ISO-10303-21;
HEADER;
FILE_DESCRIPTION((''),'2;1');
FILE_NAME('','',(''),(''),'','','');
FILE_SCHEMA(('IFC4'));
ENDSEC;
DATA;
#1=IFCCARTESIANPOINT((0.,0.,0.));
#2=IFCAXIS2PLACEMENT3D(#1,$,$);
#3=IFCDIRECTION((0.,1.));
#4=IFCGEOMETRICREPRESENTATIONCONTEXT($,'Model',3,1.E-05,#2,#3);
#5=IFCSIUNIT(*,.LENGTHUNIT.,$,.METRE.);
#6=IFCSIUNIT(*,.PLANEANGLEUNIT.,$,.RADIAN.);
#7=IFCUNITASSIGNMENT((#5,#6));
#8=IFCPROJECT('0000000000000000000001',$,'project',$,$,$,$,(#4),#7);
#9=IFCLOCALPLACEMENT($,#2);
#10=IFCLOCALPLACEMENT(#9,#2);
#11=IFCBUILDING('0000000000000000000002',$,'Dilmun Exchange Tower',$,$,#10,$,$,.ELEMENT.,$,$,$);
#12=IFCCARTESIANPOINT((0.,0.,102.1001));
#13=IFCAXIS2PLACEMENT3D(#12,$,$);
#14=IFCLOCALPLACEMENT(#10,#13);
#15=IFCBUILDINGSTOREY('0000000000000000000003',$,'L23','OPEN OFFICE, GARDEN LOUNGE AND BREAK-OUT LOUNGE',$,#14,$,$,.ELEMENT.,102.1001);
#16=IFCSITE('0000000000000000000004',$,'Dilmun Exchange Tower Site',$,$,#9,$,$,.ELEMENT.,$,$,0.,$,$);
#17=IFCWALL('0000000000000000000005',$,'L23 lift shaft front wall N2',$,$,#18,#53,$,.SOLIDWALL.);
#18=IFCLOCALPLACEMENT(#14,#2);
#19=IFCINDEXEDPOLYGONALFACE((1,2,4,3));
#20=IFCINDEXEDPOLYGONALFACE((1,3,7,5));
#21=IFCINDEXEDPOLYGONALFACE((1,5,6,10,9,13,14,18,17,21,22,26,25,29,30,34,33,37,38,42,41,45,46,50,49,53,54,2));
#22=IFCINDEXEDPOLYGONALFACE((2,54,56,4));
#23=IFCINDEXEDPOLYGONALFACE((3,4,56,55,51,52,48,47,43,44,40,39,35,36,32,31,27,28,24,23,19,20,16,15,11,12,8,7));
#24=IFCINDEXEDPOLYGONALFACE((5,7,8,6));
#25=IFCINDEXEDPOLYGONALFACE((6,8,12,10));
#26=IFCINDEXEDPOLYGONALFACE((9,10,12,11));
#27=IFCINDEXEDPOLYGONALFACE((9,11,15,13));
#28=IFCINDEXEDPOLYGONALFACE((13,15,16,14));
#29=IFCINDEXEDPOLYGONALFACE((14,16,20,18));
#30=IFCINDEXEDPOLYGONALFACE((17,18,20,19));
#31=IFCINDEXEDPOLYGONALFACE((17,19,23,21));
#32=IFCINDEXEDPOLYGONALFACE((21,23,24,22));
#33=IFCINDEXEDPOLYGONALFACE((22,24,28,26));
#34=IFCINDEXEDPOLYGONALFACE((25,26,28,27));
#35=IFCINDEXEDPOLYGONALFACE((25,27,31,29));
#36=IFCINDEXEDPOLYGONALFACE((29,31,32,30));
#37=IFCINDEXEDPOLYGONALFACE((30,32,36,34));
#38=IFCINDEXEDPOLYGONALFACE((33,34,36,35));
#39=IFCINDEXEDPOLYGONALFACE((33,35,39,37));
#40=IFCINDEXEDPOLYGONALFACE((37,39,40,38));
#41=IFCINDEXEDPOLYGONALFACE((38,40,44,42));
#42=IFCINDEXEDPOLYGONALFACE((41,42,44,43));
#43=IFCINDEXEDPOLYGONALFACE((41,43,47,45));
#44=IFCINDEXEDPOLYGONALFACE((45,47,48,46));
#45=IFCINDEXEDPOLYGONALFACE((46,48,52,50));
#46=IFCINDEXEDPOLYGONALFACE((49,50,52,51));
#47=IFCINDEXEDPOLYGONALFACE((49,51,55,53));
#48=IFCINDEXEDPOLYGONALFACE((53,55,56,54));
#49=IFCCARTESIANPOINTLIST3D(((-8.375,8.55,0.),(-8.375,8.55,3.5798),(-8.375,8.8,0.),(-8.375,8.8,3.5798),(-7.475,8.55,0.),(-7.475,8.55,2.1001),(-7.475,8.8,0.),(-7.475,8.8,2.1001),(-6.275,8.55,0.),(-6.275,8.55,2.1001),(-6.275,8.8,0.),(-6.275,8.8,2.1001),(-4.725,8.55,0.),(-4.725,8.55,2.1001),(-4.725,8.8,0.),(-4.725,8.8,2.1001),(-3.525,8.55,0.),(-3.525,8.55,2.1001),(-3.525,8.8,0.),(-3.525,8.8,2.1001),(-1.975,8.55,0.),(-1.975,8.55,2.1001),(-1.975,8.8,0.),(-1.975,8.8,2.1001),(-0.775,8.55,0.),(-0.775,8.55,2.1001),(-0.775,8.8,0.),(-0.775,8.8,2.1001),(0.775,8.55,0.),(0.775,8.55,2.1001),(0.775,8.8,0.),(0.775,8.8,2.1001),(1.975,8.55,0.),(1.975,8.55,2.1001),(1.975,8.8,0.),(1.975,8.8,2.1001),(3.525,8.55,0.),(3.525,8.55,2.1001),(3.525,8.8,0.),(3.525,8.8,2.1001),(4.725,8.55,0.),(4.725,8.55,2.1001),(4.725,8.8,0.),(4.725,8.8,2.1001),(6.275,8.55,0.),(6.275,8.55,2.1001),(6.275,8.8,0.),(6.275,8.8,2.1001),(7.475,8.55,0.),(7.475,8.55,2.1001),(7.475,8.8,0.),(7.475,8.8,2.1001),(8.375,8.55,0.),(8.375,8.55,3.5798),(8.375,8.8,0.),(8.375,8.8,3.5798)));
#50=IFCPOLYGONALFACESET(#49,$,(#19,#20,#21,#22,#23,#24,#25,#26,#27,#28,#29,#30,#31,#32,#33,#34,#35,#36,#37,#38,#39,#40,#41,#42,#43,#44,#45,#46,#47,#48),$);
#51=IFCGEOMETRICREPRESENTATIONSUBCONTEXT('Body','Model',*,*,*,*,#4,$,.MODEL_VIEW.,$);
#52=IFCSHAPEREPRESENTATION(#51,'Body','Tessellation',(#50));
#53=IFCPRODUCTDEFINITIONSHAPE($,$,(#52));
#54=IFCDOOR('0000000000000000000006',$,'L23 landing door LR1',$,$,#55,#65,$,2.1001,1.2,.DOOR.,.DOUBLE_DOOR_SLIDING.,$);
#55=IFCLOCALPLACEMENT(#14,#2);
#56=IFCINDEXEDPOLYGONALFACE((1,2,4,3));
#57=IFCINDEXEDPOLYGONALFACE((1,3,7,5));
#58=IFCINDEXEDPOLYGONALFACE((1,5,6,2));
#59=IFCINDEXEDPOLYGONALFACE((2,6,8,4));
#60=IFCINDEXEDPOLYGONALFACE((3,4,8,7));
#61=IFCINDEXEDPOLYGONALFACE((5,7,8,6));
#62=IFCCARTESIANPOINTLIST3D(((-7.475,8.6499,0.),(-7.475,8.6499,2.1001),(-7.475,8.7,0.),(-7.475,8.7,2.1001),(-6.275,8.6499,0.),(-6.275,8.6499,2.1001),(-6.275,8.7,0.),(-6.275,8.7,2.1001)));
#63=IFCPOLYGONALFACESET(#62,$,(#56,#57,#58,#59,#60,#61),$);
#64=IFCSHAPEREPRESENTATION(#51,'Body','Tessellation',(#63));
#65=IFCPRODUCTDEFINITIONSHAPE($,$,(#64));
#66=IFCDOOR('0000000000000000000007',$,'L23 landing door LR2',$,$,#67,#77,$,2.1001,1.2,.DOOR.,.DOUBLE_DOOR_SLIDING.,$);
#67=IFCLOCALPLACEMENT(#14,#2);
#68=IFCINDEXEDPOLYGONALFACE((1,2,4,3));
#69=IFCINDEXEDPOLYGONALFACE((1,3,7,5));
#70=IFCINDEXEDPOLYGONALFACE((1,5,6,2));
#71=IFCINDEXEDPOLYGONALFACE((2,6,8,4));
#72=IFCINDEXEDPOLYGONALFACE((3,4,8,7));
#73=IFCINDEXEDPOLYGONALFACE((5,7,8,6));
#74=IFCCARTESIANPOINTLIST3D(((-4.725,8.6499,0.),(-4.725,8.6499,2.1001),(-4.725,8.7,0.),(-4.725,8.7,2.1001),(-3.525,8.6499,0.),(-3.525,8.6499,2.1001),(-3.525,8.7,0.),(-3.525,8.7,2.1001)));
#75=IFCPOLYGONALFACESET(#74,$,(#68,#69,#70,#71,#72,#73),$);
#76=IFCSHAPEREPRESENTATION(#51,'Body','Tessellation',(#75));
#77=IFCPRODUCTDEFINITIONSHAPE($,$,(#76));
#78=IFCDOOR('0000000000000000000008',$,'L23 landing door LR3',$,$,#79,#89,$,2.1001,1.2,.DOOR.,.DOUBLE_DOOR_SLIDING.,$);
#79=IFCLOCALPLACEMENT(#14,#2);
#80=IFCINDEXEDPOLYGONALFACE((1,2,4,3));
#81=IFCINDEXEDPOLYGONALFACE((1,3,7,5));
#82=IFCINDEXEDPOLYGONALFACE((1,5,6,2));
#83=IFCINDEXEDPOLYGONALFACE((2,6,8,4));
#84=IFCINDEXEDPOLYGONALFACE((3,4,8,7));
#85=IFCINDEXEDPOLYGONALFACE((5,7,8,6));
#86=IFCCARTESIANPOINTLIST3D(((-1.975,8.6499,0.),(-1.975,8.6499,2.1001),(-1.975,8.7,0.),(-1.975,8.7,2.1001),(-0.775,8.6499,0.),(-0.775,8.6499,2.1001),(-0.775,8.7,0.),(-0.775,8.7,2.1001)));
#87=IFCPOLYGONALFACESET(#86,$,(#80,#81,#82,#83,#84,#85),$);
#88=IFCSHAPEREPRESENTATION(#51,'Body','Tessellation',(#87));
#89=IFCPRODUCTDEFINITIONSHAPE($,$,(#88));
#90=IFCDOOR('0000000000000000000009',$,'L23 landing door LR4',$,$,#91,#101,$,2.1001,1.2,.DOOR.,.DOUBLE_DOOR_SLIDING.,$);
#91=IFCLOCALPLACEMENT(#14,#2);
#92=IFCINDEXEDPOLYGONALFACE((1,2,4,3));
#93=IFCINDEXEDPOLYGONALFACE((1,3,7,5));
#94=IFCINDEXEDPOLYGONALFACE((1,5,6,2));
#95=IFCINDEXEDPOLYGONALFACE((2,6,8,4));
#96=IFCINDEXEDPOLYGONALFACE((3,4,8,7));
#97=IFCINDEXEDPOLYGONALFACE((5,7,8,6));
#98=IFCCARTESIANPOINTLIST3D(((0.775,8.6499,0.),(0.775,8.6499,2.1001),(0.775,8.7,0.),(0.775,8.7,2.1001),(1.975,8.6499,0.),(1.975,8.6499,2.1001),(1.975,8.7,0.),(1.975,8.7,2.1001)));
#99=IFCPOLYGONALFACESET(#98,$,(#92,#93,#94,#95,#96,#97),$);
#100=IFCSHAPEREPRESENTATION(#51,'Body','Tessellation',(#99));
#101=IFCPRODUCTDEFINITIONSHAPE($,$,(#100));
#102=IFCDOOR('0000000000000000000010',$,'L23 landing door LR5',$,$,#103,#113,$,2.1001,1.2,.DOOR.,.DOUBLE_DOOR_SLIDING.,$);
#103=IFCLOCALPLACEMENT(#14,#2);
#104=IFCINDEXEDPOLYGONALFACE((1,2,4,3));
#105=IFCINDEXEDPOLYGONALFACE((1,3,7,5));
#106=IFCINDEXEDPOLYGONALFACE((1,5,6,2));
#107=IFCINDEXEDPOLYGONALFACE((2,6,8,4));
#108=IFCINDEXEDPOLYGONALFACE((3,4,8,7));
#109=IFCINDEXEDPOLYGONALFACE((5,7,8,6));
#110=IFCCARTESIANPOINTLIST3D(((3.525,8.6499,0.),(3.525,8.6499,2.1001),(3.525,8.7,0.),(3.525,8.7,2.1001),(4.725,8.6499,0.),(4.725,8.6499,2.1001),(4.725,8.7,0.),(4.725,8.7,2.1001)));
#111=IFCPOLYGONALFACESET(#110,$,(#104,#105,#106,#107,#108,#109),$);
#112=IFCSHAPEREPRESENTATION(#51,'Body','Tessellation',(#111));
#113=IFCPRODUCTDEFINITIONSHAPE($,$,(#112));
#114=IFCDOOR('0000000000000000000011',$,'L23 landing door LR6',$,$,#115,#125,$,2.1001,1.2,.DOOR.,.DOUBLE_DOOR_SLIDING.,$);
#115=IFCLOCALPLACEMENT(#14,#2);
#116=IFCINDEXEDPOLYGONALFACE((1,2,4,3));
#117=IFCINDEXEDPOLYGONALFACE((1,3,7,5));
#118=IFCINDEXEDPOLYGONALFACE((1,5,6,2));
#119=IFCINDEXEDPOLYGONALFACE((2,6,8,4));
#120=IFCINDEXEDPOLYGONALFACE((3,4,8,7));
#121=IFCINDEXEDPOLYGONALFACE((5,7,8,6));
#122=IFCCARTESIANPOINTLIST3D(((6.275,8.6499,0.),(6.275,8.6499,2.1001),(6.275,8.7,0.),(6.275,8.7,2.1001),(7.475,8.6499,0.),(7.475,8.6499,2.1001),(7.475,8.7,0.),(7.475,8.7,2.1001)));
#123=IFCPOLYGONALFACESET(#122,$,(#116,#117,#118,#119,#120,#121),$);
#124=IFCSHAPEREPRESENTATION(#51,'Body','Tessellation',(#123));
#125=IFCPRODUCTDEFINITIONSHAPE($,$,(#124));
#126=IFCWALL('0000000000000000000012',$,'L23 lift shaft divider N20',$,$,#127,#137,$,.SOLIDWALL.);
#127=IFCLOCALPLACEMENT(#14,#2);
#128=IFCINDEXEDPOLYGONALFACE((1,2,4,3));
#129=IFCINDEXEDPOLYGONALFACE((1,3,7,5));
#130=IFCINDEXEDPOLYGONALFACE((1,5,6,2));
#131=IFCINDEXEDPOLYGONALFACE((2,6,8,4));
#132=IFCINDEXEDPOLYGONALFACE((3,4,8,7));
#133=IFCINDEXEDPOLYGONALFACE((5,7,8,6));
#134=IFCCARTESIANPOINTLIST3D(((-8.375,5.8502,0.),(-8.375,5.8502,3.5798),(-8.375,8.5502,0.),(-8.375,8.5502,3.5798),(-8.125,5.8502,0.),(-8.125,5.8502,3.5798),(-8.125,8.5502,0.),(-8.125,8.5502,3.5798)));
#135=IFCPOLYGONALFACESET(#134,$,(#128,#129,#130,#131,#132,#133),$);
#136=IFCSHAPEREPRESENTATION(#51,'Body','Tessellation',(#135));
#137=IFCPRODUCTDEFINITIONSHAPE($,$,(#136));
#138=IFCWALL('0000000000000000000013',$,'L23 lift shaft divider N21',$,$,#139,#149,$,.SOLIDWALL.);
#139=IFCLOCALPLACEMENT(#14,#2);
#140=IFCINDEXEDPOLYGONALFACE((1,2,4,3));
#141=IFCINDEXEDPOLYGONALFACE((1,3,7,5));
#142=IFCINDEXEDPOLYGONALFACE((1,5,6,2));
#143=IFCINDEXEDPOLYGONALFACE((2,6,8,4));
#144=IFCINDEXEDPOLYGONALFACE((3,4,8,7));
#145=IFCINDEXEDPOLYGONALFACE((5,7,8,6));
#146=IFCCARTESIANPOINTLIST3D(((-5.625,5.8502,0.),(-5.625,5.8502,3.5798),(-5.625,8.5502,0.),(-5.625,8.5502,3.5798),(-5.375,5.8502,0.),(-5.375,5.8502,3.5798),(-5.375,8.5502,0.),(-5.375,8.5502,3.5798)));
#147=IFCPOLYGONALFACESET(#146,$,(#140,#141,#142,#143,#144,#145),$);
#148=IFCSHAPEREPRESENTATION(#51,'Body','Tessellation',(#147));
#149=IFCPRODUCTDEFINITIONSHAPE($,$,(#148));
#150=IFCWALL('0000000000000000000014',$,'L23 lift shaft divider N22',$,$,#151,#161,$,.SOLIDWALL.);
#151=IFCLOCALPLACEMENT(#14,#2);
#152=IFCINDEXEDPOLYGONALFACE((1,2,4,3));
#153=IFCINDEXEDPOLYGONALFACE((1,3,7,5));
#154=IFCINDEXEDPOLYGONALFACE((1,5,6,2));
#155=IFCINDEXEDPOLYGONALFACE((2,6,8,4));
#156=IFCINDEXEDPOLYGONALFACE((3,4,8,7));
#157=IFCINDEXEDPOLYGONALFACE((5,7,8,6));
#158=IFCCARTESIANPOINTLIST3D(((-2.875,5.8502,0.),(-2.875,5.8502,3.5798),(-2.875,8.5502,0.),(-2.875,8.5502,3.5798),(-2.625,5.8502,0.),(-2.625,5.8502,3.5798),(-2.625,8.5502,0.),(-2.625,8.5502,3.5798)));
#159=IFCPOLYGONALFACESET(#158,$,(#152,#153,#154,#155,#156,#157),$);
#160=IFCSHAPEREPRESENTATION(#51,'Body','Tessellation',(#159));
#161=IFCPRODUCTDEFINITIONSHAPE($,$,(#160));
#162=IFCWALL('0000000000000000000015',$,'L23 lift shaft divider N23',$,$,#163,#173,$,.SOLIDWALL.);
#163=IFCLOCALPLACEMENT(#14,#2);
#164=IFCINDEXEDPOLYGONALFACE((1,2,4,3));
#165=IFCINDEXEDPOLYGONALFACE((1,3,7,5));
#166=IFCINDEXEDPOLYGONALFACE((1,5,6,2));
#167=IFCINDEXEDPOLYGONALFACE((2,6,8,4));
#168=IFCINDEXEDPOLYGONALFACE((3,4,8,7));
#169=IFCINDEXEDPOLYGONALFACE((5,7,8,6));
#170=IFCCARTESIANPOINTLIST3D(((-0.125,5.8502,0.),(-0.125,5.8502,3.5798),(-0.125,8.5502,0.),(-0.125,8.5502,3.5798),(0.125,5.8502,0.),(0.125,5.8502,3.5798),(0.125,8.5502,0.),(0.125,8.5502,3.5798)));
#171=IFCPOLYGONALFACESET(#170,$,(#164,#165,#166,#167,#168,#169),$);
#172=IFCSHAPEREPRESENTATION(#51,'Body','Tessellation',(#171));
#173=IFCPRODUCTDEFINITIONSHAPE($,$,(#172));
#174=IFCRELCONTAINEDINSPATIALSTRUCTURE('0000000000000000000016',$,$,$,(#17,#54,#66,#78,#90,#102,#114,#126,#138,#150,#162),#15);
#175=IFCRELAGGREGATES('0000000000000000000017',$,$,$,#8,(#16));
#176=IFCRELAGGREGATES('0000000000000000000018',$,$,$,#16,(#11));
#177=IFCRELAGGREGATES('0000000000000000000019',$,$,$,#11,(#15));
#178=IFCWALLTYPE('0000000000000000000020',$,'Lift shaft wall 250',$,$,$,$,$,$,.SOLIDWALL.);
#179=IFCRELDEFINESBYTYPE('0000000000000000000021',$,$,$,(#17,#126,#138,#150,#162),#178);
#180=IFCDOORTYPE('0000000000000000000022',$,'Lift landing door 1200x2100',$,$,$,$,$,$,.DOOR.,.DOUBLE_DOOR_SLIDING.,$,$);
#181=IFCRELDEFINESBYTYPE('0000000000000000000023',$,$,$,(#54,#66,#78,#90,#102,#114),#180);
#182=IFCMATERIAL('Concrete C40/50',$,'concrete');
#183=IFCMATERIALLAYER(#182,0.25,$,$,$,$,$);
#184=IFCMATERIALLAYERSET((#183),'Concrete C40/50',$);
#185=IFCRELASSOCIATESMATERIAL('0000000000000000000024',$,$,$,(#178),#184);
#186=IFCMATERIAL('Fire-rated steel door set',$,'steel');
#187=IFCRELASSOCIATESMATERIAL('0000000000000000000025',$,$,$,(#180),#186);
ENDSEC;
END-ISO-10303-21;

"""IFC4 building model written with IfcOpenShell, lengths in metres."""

from ifc_helpers import new_model, si_unit, direction, frame, frame_2d, origin, place, context, subcontext, project, spatial, rectangle, extrude, material, layer, layer_set, type_object, element, fill, save


model = new_model("IFC4")

# Units and contexts
model_context = context("Model", 3, precision=1e-05, world=origin(), true_north=direction((0.0, 1.0)))
body_context = subcontext(model_context, "Body", "Model", "MODEL_VIEW")
ifc_project = project(units=[si_unit("LENGTHUNIT", "METRE"), si_unit("PLANEANGLEUNIT", "RADIAN")], contexts=[model_context])

# Site, building, storey
site_placement = place(None, origin())
site = spatial("IfcSite", under=ifc_project, at=site_placement, Name="Dilmun Exchange Tower Site", CompositionType="ELEMENT", RefElevation=0.0)
building_placement = place(site_placement, origin())
building = spatial("IfcBuilding", under=site, at=building_placement, Name="Dilmun Exchange Tower", CompositionType="ELEMENT")
storey_placement = place(building_placement, frame((0.0, 0.0, 102.1001)))
storey = spatial("IfcBuildingStorey", under=building, at=storey_placement, Name="L23", Description="OPEN OFFICE, GARDEN LOUNGE AND BREAK-OUT LOUNGE", CompositionType="ELEMENT", Elevation=102.1001)

# Shared definitions
ifc_material_1 = material(Name="Concrete C40/50", Category="concrete")

# Shared definitions
ifc_material_2 = material(Name="Fire-rated steel door set", Category="steel")

# Wall, openings, doors
ifc_layer_1 = layer(ifc_material_1, 0.25)
ifc_layer_set_1 = layer_set([ifc_layer_1], Name="Concrete C40/50")
wall_type_1 = type_object("IfcWallType", Name="Lift shaft wall 250", PredefinedType="SOLIDWALL", material=ifc_layer_set_1)
wall_1_placement = place(storey_placement, frame((-8.375, 8.675, 0.0), z_axis=(0.0, 0.0, 1.0), x_axis=(1.0, 0.0, 0.0)))
wall_1 = element("IfcWall", 1, at=wall_1_placement, inside=storey, type_object=wall_type_1, Name="L23 lift shaft front wall N2", PredefinedType="SOLIDWALL", context=body_context, shape_type="SweptSolid", body=[
    extrude(rectangle(XDim=16.75, YDim=0.25, at=frame_2d((8.375, 0.0))), origin(), (0.0, 0.0, 1.0), 3.5798),
])
opening_1_placement = place(wall_1_placement, frame((0.8999, 0.0, 0.0)))
opening_1 = element("IfcOpeningElement", 2, at=opening_1_placement, cuts=wall_1, PredefinedType="OPENING", context=body_context, shape_type="SweptSolid", body=[
    extrude(rectangle(XDim=1.2, YDim=2.1001, at=frame_2d((0.6001, 1.05))), frame((0.0, 0.135, 0.0), z_axis=(0.0, -1.0, 0.0), x_axis=(1.0, 0.0, 0.0)), (0.0, 0.0, 1.0), 0.27),
])
opening_2_placement = place(wall_1_placement, frame((3.6499, 0.0, 0.0)))
opening_2 = element("IfcOpeningElement", 3, at=opening_2_placement, cuts=wall_1, PredefinedType="OPENING", context=body_context, shape_type="SweptSolid", body=[
    extrude(rectangle(XDim=1.2, YDim=2.1001, at=frame_2d((0.6001, 1.05))), frame((0.0, 0.135, 0.0), z_axis=(0.0, -1.0, 0.0), x_axis=(1.0, 0.0, 0.0)), (0.0, 0.0, 1.0), 0.27),
])
opening_3_placement = place(wall_1_placement, frame((6.3999, 0.0, 0.0)))
opening_3 = element("IfcOpeningElement", 4, at=opening_3_placement, cuts=wall_1, PredefinedType="OPENING", context=body_context, shape_type="SweptSolid", body=[
    extrude(rectangle(XDim=1.2, YDim=2.1001, at=frame_2d((0.6001, 1.05))), frame((0.0, 0.135, 0.0), z_axis=(0.0, -1.0, 0.0), x_axis=(1.0, 0.0, 0.0)), (0.0, 0.0, 1.0), 0.27),
])
opening_4_placement = place(wall_1_placement, frame((9.1499, 0.0, 0.0)))
opening_4 = element("IfcOpeningElement", 5, at=opening_4_placement, cuts=wall_1, PredefinedType="OPENING", context=body_context, shape_type="SweptSolid", body=[
    extrude(rectangle(XDim=1.2, YDim=2.1001, at=frame_2d((0.6001, 1.05))), frame((0.0, 0.135, 0.0), z_axis=(0.0, -1.0, 0.0), x_axis=(1.0, 0.0, 0.0)), (0.0, 0.0, 1.0), 0.27),
])
opening_5_placement = place(wall_1_placement, frame((11.8999, 0.0, 0.0)))
opening_5 = element("IfcOpeningElement", 6, at=opening_5_placement, cuts=wall_1, PredefinedType="OPENING", context=body_context, shape_type="SweptSolid", body=[
    extrude(rectangle(XDim=1.2, YDim=2.1001, at=frame_2d((0.6001, 1.05))), frame((0.0, 0.135, 0.0), z_axis=(0.0, -1.0, 0.0), x_axis=(1.0, 0.0, 0.0)), (0.0, 0.0, 1.0), 0.27),
])
opening_6_placement = place(wall_1_placement, frame((14.6499, 0.0, 0.0)))
opening_6 = element("IfcOpeningElement", 7, at=opening_6_placement, cuts=wall_1, PredefinedType="OPENING", context=body_context, shape_type="SweptSolid", body=[
    extrude(rectangle(XDim=1.2, YDim=2.1001, at=frame_2d((0.6001, 1.05))), frame((0.0, 0.135, 0.0), z_axis=(0.0, -1.0, 0.0), x_axis=(1.0, 0.0, 0.0)), (0.0, 0.0, 1.0), 0.27),
])
door_type_1 = type_object("IfcDoorType", Name="Lift landing door 1200x2100", OperationType="DOUBLE_DOOR_SLIDING", PredefinedType="DOOR", material=ifc_material_2)
door_1_placement = place(opening_1_placement, origin())
door_1 = element("IfcDoor", 8, at=door_1_placement, inside=storey, type_object=door_type_1, Name="L23 landing door LR1", OperationType="DOUBLE_DOOR_SLIDING", OverallHeight=2.1001, OverallWidth=1.2, PredefinedType="DOOR", context=body_context, shape_type="SweptSolid", body=[
    extrude(rectangle(XDim=1.2, YDim=2.1001, at=frame_2d((0.6001, 1.05))), frame((0.0, 0.0249, 0.0), z_axis=(0.0, -1.0, 0.0), x_axis=(1.0, 0.0, 0.0)), (0.0, 0.0, 1.0), 0.05),
])
fill(opening_1, door_1)
door_2_placement = place(opening_2_placement, origin())
door_2 = element("IfcDoor", 9, at=door_2_placement, inside=storey, type_object=door_type_1, Name="L23 landing door LR2", OperationType="DOUBLE_DOOR_SLIDING", OverallHeight=2.1001, OverallWidth=1.2, PredefinedType="DOOR", context=body_context, shape_type="SweptSolid", body=[
    extrude(rectangle(XDim=1.2, YDim=2.1001, at=frame_2d((0.6001, 1.05))), frame((0.0, 0.0249, 0.0), z_axis=(0.0, -1.0, 0.0), x_axis=(1.0, 0.0, 0.0)), (0.0, 0.0, 1.0), 0.05),
])
fill(opening_2, door_2)
door_3_placement = place(opening_3_placement, origin())
door_3 = element("IfcDoor", 10, at=door_3_placement, inside=storey, type_object=door_type_1, Name="L23 landing door LR3", OperationType="DOUBLE_DOOR_SLIDING", OverallHeight=2.1001, OverallWidth=1.2, PredefinedType="DOOR", context=body_context, shape_type="SweptSolid", body=[
    extrude(rectangle(XDim=1.2, YDim=2.1001, at=frame_2d((0.6001, 1.05))), frame((0.0, 0.0249, 0.0), z_axis=(0.0, -1.0, 0.0), x_axis=(1.0, 0.0, 0.0)), (0.0, 0.0, 1.0), 0.05),
])
fill(opening_3, door_3)
door_4_placement = place(opening_4_placement, origin())
door_4 = element("IfcDoor", 11, at=door_4_placement, inside=storey, type_object=door_type_1, Name="L23 landing door LR4", OperationType="DOUBLE_DOOR_SLIDING", OverallHeight=2.1001, OverallWidth=1.2, PredefinedType="DOOR", context=body_context, shape_type="SweptSolid", body=[
    extrude(rectangle(XDim=1.2, YDim=2.1001, at=frame_2d((0.6001, 1.05))), frame((0.0, 0.0249, 0.0), z_axis=(0.0, -1.0, 0.0), x_axis=(1.0, 0.0, 0.0)), (0.0, 0.0, 1.0), 0.05),
])
fill(opening_4, door_4)
door_5_placement = place(opening_5_placement, origin())
door_5 = element("IfcDoor", 12, at=door_5_placement, inside=storey, type_object=door_type_1, Name="L23 landing door LR5", OperationType="DOUBLE_DOOR_SLIDING", OverallHeight=2.1001, OverallWidth=1.2, PredefinedType="DOOR", context=body_context, shape_type="SweptSolid", body=[
    extrude(rectangle(XDim=1.2, YDim=2.1001, at=frame_2d((0.6001, 1.05))), frame((0.0, 0.0249, 0.0), z_axis=(0.0, -1.0, 0.0), x_axis=(1.0, 0.0, 0.0)), (0.0, 0.0, 1.0), 0.05),
])
fill(opening_5, door_5)
door_6_placement = place(opening_6_placement, origin())
door_6 = element("IfcDoor", 13, at=door_6_placement, inside=storey, type_object=door_type_1, Name="L23 landing door LR6", OperationType="DOUBLE_DOOR_SLIDING", OverallHeight=2.1001, OverallWidth=1.2, PredefinedType="DOOR", context=body_context, shape_type="SweptSolid", body=[
    extrude(rectangle(XDim=1.2, YDim=2.1001, at=frame_2d((0.6001, 1.05))), frame((0.0, 0.0249, 0.0), z_axis=(0.0, -1.0, 0.0), x_axis=(1.0, 0.0, 0.0)), (0.0, 0.0, 1.0), 0.05),
])
fill(opening_6, door_6)

# Walls
for number, where, z_axis, x_axis, name in (
    (14, (-8.25, 5.8501, 0.0), (0.0, 0.0, 1.0), (0.0, 1.0, 0.0), "L23 lift shaft divider N20"),
    (15, (-5.5, 5.8501, 0.0), (0.0, 0.0, 1.0), (0.0, 1.0, 0.0), "L23 lift shaft divider N21"),
    (16, (-2.75, 5.8501, 0.0), (0.0, 0.0, 1.0), (0.0, 1.0, 0.0), "L23 lift shaft divider N22"),
    (17, (0.0, 5.8501, 0.0), (0.0, 0.0, 1.0), (0.0, 1.0, 0.0), "L23 lift shaft divider N23"),
):
    element("IfcWall", number, at=place(storey_placement, frame(where, z_axis=z_axis, x_axis=x_axis)), inside=storey, type_object=wall_type_1, Name=name, PredefinedType="SOLIDWALL", context=body_context, shape_type="SweptSolid", body=[
        extrude(rectangle(XDim=2.7, YDim=0.25, at=frame_2d((1.3501, 0.0))), origin(), (0.0, 0.0, 1.0), 3.5798),
    ])

save(model, "model.ifc")
